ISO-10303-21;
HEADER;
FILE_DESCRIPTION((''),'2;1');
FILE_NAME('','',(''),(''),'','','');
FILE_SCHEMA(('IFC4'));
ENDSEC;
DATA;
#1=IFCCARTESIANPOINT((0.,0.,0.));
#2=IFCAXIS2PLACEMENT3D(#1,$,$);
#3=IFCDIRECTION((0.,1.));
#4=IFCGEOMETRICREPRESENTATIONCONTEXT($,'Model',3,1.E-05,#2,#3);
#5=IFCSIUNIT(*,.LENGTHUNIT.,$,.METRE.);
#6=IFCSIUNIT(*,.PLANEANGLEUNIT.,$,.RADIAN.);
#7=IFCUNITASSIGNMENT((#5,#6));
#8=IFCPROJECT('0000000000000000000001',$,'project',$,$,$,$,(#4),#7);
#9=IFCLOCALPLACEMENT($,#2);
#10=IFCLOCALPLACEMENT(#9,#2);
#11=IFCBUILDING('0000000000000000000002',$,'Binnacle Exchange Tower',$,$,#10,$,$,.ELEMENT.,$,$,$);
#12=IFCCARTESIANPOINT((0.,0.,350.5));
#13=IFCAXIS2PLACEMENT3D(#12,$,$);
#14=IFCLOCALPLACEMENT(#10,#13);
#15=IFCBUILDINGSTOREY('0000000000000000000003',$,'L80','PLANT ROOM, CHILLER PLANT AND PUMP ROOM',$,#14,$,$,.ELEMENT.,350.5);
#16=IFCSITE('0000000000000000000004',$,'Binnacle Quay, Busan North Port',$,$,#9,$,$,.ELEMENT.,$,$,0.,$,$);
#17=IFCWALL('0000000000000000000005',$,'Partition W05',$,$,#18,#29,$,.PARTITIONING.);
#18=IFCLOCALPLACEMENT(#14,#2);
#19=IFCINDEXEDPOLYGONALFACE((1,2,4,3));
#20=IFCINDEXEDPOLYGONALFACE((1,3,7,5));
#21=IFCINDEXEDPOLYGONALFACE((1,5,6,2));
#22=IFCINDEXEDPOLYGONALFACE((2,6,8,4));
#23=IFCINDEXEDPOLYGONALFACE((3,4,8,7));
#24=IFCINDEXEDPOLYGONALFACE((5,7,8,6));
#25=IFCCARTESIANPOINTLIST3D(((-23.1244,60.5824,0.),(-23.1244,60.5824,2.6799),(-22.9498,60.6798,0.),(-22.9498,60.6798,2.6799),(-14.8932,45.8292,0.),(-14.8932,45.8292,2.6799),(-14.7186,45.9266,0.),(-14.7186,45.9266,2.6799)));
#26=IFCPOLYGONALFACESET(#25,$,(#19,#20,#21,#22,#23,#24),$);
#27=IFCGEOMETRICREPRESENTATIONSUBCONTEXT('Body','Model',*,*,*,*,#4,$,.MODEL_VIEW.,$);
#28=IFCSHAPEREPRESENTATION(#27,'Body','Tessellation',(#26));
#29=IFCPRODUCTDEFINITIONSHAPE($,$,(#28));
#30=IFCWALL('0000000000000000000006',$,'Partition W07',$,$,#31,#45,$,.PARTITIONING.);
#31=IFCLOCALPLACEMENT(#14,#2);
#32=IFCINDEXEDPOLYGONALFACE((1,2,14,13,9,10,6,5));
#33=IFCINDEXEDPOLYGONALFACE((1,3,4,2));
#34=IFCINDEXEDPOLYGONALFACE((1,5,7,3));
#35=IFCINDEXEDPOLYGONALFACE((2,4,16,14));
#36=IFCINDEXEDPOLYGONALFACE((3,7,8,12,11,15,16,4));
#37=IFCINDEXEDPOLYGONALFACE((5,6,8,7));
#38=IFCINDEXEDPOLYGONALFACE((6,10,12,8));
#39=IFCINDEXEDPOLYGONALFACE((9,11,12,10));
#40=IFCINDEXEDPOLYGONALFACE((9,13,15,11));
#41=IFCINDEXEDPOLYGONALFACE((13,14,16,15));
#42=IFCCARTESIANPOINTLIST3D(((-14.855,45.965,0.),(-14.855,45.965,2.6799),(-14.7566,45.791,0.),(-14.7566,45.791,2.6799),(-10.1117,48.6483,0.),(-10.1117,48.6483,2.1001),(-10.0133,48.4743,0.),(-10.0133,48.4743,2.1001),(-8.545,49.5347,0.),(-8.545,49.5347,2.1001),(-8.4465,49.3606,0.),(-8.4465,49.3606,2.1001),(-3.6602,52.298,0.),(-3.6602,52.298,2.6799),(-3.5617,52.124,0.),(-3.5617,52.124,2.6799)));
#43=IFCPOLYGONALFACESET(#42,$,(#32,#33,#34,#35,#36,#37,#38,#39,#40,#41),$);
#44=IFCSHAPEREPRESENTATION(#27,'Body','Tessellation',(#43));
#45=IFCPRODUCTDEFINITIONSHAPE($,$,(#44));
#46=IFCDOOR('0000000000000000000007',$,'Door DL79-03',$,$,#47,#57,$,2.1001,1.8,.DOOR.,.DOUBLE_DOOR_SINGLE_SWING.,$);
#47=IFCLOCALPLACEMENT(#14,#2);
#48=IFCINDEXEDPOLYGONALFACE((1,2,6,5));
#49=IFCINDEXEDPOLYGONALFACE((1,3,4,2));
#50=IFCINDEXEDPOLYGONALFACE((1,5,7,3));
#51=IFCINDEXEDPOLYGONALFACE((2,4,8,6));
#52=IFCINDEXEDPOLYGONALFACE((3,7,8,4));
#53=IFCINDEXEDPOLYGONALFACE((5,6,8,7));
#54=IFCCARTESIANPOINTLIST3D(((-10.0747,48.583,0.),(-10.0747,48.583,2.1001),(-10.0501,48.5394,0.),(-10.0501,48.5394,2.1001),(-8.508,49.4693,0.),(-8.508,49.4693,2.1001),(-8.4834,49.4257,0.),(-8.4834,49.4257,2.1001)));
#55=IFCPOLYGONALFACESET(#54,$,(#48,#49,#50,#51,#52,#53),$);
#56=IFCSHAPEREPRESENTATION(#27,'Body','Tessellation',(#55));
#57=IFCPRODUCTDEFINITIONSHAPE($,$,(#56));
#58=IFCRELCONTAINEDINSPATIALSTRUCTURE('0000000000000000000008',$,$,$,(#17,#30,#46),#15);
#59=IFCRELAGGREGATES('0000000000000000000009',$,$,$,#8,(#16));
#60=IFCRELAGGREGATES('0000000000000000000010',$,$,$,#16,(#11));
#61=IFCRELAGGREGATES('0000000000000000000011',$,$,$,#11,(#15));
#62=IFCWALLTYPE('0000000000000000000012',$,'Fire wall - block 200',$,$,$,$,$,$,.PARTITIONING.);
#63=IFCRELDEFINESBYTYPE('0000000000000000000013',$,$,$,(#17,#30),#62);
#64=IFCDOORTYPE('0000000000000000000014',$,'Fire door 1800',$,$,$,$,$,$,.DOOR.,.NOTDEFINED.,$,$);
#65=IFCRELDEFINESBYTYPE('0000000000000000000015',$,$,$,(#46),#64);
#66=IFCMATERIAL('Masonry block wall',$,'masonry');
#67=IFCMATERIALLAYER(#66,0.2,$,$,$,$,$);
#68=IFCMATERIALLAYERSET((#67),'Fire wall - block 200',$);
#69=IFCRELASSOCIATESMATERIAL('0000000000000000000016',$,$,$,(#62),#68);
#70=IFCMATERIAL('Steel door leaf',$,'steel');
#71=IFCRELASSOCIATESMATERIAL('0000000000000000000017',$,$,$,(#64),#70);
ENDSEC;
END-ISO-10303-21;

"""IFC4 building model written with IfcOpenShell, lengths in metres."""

from ifc_helpers import new_model, si_unit, direction, frame, frame_2d, origin, place, context, subcontext, project, spatial, rectangle, extrude, material, layer, layer_set, type_object, element, fill, save


model = new_model("IFC4")

# Units and contexts
model_context = context("Model", 3, precision=1e-05, world=origin(), true_north=direction((0.0, 1.0)))
body_context = subcontext(model_context, "Body", "Model", "MODEL_VIEW")
ifc_project = project(units=[si_unit("LENGTHUNIT", "METRE"), si_unit("PLANEANGLEUNIT", "RADIAN")], contexts=[model_context])

# Site, building, storey
site_placement = place(None, origin())
site = spatial("IfcSite", under=ifc_project, at=site_placement, Name="Binnacle Quay, Busan North Port", CompositionType="ELEMENT", RefElevation=0.0)
building_placement = place(site_placement, origin())
building = spatial("IfcBuilding", under=site, at=building_placement, Name="Binnacle Exchange Tower", CompositionType="ELEMENT")
storey_placement = place(building_placement, frame((0.0, 0.0, 350.5)))
storey = spatial("IfcBuildingStorey", under=building, at=storey_placement, Name="L80", Description="PLANT ROOM, CHILLER PLANT AND PUMP ROOM", CompositionType="ELEMENT", Elevation=350.5)

# Wall
ifc_material_1 = material(Name="Masonry block wall", Category="masonry")
ifc_layer_1 = layer(ifc_material_1, 0.2)
ifc_layer_set_1 = layer_set([ifc_layer_1], Name="Fire wall - block 200")
wall_type_1 = type_object("IfcWallType", Name="Fire wall - block 200", PredefinedType="PARTITIONING", material=ifc_layer_set_1)
wall_1_placement = place(storey_placement, frame((-23.0371, 60.6311, 0.0), z_axis=(0.0, 0.0, 1.0), x_axis=(0.487225, -0.873276, 0.0)))
element("IfcWall", 1, at=wall_1_placement, inside=storey, type_object=wall_type_1, Name="Partition W05", PredefinedType="PARTITIONING", context=body_context, shape_type="SweptSolid", body=[
    extrude(rectangle(XDim=16.894, YDim=0.2, at=frame_2d((8.447, 0.0))), origin(), (0.0, 0.0, 1.0), 2.6799),
])

# Wall, opening, door
wall_2_placement = place(storey_placement, frame((-14.8059, 45.8779, 0.0), z_axis=(0.0, 0.0, 1.0), x_axis=(0.87038, 0.492381, 0.0)))
wall_2 = element("IfcWall", 2, at=wall_2_placement, inside=storey, type_object=wall_type_1, Name="Partition W07", PredefinedType="PARTITIONING", context=body_context, shape_type="SweptSolid", body=[
    extrude(rectangle(XDim=12.8621, YDim=0.2, at=frame_2d((6.4312, 0.0))), origin(), (0.0, 0.0, 1.0), 2.6799),
])
opening_placement = place(wall_2_placement, frame((5.45, 0.0, 0.0)))
opening = element("IfcOpeningElement", 3, at=opening_placement, cuts=wall_2, PredefinedType="OPENING", context=body_context, shape_type="SweptSolid", body=[
    extrude(rectangle(XDim=1.8, YDim=2.1001, at=frame_2d((0.8999, 1.05))), frame((0.0, 0.1099, 0.0), z_axis=(0.0, -1.0, 0.0), x_axis=(1.0, 0.0, 0.0)), (0.0, 0.0, 1.0), 0.22),
])
ifc_material_2 = material(Name="Steel door leaf", Category="steel")
door_type = type_object("IfcDoorType", Name="Fire door 1800", OperationType="NOTDEFINED", PredefinedType="DOOR", material=ifc_material_2)
door_placement = place(opening_placement, origin())
door = element("IfcDoor", 4, at=door_placement, inside=storey, type_object=door_type, Name="Door DL79-03", OperationType="DOUBLE_DOOR_SINGLE_SWING", OverallHeight=2.1001, OverallWidth=1.8, PredefinedType="DOOR", context=body_context, shape_type="SweptSolid", body=[
    extrude(rectangle(XDim=1.8, YDim=2.1001, at=frame_2d((0.8999, 1.05))), frame((0.0, 0.0249, 0.0), z_axis=(0.0, -1.0, 0.0), x_axis=(1.0, 0.0, 0.0)), (0.0, 0.0, 1.0), 0.05),
])
fill(opening, door)

save(model, "model.ifc")
